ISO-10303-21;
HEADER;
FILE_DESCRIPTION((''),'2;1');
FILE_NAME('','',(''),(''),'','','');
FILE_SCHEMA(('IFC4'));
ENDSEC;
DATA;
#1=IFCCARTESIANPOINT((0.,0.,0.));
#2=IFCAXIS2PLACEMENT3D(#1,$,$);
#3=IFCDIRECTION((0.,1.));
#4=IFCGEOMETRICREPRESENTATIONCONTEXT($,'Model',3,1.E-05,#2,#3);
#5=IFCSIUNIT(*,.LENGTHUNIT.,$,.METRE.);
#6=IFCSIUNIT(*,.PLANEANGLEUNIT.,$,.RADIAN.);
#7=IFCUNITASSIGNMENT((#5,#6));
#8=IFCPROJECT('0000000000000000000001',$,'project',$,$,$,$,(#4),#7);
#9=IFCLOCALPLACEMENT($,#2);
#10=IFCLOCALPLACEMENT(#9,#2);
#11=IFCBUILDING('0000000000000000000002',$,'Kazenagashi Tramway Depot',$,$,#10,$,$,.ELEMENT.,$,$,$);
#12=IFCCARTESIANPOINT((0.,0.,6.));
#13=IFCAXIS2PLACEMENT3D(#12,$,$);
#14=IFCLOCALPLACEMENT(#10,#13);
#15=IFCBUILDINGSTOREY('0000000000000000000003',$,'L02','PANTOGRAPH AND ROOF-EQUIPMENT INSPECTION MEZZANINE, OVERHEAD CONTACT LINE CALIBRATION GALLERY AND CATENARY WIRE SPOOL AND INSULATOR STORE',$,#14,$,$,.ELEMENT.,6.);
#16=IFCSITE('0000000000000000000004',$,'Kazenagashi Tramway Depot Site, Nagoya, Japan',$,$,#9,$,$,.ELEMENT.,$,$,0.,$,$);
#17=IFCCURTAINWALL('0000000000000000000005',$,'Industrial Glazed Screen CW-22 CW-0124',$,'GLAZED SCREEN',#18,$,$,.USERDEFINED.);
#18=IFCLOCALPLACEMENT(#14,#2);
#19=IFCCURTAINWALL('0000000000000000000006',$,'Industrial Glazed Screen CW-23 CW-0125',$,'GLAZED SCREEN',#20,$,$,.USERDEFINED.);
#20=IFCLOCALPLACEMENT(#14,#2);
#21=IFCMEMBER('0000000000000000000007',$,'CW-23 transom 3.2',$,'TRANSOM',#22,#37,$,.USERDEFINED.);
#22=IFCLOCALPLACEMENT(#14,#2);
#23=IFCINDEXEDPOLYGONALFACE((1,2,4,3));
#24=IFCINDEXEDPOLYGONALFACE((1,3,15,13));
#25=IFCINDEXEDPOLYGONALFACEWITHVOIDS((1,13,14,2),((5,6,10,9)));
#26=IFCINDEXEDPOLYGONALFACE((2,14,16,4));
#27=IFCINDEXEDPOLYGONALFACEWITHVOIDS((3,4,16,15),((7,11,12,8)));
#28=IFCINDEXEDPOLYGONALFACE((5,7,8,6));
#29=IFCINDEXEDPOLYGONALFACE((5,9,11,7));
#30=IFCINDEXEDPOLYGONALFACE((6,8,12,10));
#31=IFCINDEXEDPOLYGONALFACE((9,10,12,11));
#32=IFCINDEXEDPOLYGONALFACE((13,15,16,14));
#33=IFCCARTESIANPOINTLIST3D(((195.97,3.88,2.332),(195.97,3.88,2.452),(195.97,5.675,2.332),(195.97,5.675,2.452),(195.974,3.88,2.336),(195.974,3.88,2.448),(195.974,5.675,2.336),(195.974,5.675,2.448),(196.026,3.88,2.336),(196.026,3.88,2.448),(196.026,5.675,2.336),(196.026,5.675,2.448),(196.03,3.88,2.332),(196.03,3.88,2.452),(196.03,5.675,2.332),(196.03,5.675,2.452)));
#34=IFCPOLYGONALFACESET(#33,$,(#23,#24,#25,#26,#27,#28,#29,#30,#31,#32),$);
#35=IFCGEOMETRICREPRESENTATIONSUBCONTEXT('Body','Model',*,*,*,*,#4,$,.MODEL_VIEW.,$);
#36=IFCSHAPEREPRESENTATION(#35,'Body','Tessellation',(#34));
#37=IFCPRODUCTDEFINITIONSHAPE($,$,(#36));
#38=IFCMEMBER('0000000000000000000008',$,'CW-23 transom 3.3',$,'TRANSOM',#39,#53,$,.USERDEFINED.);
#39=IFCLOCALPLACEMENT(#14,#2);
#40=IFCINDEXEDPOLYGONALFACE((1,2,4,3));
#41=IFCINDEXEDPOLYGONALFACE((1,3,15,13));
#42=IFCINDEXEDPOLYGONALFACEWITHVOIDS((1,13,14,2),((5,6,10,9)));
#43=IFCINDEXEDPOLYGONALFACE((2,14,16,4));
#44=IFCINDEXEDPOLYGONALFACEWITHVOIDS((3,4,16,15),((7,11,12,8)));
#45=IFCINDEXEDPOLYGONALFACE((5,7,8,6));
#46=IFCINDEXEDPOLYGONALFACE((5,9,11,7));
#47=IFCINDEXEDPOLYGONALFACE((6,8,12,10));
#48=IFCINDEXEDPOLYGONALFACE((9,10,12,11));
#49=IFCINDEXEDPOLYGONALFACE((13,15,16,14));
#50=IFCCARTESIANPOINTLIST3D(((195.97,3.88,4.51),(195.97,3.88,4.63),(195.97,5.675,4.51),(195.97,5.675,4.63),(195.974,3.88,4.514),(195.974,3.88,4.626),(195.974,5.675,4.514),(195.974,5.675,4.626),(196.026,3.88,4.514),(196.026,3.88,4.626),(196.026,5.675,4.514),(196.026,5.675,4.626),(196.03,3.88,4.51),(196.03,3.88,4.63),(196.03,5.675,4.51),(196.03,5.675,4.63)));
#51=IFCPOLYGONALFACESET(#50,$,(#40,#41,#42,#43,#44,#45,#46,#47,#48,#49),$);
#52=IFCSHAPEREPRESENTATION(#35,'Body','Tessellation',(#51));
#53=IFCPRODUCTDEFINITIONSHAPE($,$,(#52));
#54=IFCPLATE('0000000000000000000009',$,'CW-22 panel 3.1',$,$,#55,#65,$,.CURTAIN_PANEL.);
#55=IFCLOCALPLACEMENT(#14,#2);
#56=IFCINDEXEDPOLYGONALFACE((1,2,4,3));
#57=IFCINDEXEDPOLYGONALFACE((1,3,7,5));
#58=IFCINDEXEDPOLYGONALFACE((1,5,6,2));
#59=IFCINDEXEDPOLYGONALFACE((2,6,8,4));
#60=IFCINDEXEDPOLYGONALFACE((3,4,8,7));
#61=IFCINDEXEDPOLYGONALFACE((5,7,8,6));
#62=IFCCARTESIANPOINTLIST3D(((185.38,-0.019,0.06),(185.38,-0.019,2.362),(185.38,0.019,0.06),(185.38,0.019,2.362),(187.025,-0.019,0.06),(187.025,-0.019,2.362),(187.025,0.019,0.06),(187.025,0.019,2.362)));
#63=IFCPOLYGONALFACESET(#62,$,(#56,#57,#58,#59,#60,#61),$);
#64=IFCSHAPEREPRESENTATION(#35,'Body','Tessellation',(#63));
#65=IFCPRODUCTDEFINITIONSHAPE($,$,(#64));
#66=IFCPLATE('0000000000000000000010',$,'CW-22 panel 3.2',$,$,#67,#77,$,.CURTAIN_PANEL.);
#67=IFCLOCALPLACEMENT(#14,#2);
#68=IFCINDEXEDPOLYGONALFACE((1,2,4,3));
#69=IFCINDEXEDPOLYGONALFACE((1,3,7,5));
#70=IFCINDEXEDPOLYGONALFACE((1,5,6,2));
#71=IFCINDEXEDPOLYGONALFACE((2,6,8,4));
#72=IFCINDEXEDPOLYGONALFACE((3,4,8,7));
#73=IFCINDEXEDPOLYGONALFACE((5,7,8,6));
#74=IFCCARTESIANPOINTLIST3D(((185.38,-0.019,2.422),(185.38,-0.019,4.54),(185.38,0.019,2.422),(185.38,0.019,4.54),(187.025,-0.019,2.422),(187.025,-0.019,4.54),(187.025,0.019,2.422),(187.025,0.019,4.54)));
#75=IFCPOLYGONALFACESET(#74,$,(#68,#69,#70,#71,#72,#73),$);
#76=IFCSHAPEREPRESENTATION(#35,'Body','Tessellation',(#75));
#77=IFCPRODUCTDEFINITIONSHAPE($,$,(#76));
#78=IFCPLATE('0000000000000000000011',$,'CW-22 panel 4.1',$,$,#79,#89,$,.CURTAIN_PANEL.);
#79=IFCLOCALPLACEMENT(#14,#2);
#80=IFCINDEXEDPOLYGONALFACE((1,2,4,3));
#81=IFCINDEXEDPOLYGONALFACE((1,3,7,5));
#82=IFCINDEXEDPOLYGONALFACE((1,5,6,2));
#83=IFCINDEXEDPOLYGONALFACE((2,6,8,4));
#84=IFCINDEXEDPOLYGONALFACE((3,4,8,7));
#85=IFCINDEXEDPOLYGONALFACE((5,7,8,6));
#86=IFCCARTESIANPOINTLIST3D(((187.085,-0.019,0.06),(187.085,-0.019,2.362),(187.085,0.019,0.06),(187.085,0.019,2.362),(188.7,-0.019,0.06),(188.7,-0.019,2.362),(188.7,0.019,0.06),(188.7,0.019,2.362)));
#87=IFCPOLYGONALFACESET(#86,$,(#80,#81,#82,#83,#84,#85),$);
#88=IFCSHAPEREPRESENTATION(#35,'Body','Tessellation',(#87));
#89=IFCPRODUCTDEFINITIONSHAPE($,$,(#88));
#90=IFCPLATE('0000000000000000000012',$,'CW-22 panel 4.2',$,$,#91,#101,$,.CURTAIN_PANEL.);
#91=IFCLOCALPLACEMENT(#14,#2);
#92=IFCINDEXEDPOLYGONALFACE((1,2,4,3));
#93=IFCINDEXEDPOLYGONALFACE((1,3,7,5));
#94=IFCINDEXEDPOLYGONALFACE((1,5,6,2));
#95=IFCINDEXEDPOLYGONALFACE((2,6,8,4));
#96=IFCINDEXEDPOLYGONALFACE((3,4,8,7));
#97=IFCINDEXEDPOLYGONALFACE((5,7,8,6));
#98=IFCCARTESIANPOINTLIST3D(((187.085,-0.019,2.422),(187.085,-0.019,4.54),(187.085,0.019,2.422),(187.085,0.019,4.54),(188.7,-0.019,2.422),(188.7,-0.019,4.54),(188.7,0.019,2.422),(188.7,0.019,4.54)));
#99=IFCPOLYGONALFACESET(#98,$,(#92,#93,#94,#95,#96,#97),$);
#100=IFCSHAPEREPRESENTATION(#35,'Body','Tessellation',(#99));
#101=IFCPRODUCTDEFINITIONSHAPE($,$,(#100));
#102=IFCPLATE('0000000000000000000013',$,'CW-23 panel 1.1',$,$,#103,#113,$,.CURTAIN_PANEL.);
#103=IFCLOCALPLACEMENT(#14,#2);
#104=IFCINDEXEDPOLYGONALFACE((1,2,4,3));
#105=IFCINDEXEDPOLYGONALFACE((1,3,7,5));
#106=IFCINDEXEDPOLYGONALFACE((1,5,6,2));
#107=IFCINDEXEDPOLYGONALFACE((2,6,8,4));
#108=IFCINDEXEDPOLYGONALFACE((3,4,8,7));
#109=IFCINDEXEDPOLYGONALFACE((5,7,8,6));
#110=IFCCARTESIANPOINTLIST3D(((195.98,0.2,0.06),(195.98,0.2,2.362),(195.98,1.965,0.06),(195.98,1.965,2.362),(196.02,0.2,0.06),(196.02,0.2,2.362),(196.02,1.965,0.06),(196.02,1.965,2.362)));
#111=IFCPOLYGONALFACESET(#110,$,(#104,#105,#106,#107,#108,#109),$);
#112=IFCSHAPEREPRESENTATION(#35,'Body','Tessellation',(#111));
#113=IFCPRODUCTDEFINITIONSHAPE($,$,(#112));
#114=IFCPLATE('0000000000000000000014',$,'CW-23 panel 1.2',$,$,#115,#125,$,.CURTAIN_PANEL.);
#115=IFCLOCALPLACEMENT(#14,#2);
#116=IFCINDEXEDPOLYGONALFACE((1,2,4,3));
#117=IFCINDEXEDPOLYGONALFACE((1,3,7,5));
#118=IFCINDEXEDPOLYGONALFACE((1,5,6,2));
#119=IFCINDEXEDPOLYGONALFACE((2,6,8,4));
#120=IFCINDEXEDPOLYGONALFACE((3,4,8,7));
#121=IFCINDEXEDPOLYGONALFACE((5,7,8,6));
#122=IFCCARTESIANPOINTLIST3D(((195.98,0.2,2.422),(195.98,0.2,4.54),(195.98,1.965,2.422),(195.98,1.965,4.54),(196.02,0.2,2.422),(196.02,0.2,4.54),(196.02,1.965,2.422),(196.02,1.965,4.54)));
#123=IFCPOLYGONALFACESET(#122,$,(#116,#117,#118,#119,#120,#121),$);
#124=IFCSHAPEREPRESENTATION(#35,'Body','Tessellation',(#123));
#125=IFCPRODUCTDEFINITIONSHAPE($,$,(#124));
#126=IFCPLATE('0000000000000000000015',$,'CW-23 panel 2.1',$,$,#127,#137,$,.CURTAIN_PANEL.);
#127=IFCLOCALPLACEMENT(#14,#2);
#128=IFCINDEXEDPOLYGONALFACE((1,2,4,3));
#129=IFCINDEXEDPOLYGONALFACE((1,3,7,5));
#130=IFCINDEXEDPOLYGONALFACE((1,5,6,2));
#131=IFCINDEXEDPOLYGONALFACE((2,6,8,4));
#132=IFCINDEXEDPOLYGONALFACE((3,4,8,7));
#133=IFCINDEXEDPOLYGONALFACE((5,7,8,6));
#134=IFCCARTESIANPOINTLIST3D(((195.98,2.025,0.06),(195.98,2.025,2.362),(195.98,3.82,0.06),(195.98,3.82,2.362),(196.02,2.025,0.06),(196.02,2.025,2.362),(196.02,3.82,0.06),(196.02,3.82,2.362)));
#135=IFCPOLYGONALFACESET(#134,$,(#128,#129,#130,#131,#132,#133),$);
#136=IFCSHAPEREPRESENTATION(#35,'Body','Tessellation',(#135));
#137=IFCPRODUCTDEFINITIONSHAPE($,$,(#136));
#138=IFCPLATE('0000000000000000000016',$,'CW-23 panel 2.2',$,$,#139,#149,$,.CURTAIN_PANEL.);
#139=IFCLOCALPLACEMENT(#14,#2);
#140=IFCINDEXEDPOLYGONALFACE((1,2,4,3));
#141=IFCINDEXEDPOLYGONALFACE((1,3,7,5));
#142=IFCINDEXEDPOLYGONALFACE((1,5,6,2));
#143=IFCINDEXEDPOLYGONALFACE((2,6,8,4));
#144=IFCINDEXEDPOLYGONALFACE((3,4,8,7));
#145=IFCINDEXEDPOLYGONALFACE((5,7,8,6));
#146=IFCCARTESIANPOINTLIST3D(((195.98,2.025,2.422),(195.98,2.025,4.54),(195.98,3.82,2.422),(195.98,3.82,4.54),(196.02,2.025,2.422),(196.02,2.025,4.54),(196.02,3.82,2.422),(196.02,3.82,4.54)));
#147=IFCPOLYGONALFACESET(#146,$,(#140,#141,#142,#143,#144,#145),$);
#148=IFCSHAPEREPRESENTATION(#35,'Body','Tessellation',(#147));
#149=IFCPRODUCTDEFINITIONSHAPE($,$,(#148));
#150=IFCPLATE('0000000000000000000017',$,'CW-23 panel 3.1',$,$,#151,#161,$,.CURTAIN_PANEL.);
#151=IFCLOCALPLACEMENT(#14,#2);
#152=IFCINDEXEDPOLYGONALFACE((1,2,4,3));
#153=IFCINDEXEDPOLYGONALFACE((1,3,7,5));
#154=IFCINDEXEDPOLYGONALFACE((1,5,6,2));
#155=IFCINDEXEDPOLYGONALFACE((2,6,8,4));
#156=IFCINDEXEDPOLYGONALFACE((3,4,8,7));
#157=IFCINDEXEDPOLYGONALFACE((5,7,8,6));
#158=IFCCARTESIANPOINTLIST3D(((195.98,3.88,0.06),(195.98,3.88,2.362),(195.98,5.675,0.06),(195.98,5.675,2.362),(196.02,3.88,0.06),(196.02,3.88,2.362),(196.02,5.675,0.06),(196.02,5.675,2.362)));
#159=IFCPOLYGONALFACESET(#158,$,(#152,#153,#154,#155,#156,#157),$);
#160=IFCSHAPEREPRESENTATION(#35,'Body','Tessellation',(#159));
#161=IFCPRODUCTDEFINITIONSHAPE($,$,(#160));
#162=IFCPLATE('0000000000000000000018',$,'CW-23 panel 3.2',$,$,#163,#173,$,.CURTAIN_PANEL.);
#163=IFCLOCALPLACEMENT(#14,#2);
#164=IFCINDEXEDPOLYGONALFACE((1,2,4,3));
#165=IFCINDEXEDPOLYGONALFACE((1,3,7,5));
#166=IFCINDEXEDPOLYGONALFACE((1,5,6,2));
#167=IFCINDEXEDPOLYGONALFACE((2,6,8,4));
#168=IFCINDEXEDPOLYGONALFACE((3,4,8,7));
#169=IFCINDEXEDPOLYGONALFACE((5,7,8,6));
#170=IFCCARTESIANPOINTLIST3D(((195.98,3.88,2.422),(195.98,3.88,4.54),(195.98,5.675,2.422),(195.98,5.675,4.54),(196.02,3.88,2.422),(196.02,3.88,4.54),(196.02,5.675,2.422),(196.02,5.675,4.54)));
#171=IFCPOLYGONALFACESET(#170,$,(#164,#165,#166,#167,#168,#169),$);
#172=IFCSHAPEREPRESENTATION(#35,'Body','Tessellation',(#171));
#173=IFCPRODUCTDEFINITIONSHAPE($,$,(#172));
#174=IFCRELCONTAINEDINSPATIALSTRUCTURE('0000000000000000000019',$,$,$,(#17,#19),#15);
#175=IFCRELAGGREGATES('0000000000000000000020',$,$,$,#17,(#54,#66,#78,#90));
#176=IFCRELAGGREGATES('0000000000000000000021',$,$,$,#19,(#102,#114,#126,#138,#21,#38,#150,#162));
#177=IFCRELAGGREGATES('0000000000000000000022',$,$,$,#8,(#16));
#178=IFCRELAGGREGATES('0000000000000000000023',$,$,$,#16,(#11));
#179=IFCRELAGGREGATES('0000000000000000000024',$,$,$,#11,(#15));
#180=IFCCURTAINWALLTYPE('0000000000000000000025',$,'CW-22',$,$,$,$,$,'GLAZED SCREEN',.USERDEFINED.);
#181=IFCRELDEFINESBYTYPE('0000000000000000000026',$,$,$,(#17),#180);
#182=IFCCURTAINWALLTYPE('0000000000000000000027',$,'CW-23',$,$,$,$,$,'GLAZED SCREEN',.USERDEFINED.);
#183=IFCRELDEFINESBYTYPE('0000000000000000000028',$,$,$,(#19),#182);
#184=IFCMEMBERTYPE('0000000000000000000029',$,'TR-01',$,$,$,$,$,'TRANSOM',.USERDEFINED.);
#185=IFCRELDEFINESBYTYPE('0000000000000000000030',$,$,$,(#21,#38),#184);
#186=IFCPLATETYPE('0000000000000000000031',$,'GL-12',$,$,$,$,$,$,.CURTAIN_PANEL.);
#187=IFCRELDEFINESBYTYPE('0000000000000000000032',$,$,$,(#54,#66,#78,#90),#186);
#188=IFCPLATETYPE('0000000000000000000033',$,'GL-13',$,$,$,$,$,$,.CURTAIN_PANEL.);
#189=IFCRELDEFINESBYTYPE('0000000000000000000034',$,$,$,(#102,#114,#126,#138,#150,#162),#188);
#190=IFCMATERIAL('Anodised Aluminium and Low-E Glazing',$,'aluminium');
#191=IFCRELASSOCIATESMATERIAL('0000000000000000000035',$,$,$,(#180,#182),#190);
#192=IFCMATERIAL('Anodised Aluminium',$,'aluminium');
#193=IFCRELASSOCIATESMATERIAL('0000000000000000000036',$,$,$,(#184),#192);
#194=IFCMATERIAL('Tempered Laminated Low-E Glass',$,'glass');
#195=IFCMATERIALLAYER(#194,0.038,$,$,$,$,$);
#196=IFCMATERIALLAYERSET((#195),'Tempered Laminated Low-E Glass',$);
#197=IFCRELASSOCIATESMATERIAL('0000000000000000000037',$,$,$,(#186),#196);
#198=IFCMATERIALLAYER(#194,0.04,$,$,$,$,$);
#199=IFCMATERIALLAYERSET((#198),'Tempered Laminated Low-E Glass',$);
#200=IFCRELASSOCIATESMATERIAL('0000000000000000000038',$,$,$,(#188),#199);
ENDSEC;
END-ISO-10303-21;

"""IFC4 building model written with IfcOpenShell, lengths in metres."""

from ifc_helpers import new_model, si_unit, direction, frame, origin, origin_2d, place, context, subcontext, project, spatial, rectangle, hollow_rectangle, extrude, material, layer, layer_set, material_profile, profile_set, type_object, element, aggregate, save


model = new_model("IFC4")

# Units and contexts
model_context = context("Model", 3, precision=1e-05, world=origin(), true_north=direction((0.0, 1.0)))
body_context = subcontext(model_context, "Body", "Model", "MODEL_VIEW")
ifc_project = project(units=[si_unit("LENGTHUNIT", "METRE"), si_unit("PLANEANGLEUNIT", "RADIAN")], contexts=[model_context])

# Site, building, storey
site_placement = place(None, origin())
site = spatial("IfcSite", under=ifc_project, at=site_placement, Name="Kazenagashi Tramway Depot Site, Nagoya, Japan", CompositionType="ELEMENT", RefElevation=0.0)
building_placement = place(site_placement, origin())
building = spatial("IfcBuilding", under=site, at=building_placement, Name="Kazenagashi Tramway Depot", CompositionType="ELEMENT")
storey_placement = place(building_placement, frame((0.0, 0.0, 6.0)))
storey = spatial("IfcBuildingStorey", under=building, at=storey_placement, Name="L02", Description="PANTOGRAPH AND ROOF-EQUIPMENT INSPECTION MEZZANINE, OVERHEAD CONTACT LINE CALIBRATION GALLERY AND CATENARY WIRE SPOOL AND INSULATOR STORE", CompositionType="ELEMENT", Elevation=6.0)

# Curtain walls
ifc_material_1 = material(Name="Anodised Aluminium and Low-E Glazing", Category="aluminium")
curtain_wall_type_1 = type_object("IfcCurtainWallType", Name="CW-22", ElementType="GLAZED SCREEN", PredefinedType="USERDEFINED", material=ifc_material_1)
curtain_wall_1_placement = place(storey_placement, origin())
curtain_wall_1 = element("IfcCurtainWall", 1, at=curtain_wall_1_placement, inside=storey, type_object=curtain_wall_type_1, Name="Industrial Glazed Screen CW-22 CW-0124", ObjectType="GLAZED SCREEN", PredefinedType="USERDEFINED")
ifc_material_2 = material(Name="Anodised Aluminium", Category="aluminium")
curtain_wall_type_2 = type_object("IfcCurtainWallType", Name="CW-23", ElementType="GLAZED SCREEN", PredefinedType="USERDEFINED", material=ifc_material_1)
curtain_wall_2_placement = place(storey_placement, origin())
curtain_wall_2 = element("IfcCurtainWall", 2, at=curtain_wall_2_placement, inside=storey, type_object=curtain_wall_type_2, Name="Industrial Glazed Screen CW-23 CW-0125", ObjectType="GLAZED SCREEN", PredefinedType="USERDEFINED")

# Members
ifc_material_profile_1 = material_profile(ifc_material_2, hollow_rectangle(XDim=0.06, YDim=0.12, WallThickness=0.004, at=origin_2d()), Name="RHS-120x60x4")
ifc_profile_set_1 = profile_set([ifc_material_profile_1], Name="Anodised Aluminium")
member_type_1 = type_object("IfcMemberType", Name="TR-01", ElementType="TRANSOM", PredefinedType="USERDEFINED", material=ifc_profile_set_1)
member_1_placement = place(storey_placement, frame((196.0, 3.88, 2.392), z_axis=(0.0, 1.0, 0.0), x_axis=(-1.0, 0.0, 0.0)))
member_1 = element("IfcMember", 3, at=member_1_placement, type_object=member_type_1, Name="CW-23 transom 3.2", ObjectType="TRANSOM", PredefinedType="USERDEFINED", context=body_context, shape_type="SweptSolid", body=[
    extrude(hollow_rectangle(XDim=0.06, YDim=0.12, WallThickness=0.004, at=origin_2d()), origin(), (0.0, 0.0, 1.0), 1.795),
])
member_2_placement = place(storey_placement, frame((196.0, 3.88, 4.57), z_axis=(0.0, 1.0, 0.0), x_axis=(-1.0, 0.0, 0.0)))
member_2 = element("IfcMember", 4, at=member_2_placement, type_object=member_type_1, Name="CW-23 transom 3.3", ObjectType="TRANSOM", PredefinedType="USERDEFINED", context=body_context, shape_type="SweptSolid", body=[
    extrude(hollow_rectangle(XDim=0.06, YDim=0.12, WallThickness=0.004, at=origin_2d()), origin(), (0.0, 0.0, 1.0), 1.795),
])

# Plates
ifc_material_3 = material(Name="Tempered Laminated Low-E Glass", Category="glass")
ifc_layer_1 = layer(ifc_material_3, 0.038)
ifc_layer_set_1 = layer_set([ifc_layer_1], Name="Tempered Laminated Low-E Glass")
plate_type_1 = type_object("IfcPlateType", Name="GL-12", PredefinedType="CURTAIN_PANEL", material=ifc_layer_set_1)
plate_1_placement = place(storey_placement, frame((186.2025, 0.0, 0.06), z_axis=(0.0, 0.0, 1.0), x_axis=(1.0, 0.0, 0.0)))
plate_1 = element("IfcPlate", 5, at=plate_1_placement, type_object=plate_type_1, Name="CW-22 panel 3.1", PredefinedType="CURTAIN_PANEL", context=body_context, shape_type="SweptSolid", body=[
    extrude(rectangle(XDim=1.645, YDim=0.038, at=origin_2d()), origin(), (0.0, 0.0, 1.0), 2.302),
])
plate_2_placement = place(storey_placement, frame((186.2025, 0.0, 2.422), z_axis=(0.0, 0.0, 1.0), x_axis=(1.0, 0.0, 0.0)))
plate_2 = element("IfcPlate", 6, at=plate_2_placement, type_object=plate_type_1, Name="CW-22 panel 3.2", PredefinedType="CURTAIN_PANEL", context=body_context, shape_type="SweptSolid", body=[
    extrude(rectangle(XDim=1.645, YDim=0.038, at=origin_2d()), origin(), (0.0, 0.0, 1.0), 2.118),
])
plate_3_placement = place(storey_placement, frame((187.8925, 0.0, 0.06), z_axis=(0.0, 0.0, 1.0), x_axis=(1.0, 0.0, 0.0)))
plate_3 = element("IfcPlate", 7, at=plate_3_placement, type_object=plate_type_1, Name="CW-22 panel 4.1", PredefinedType="CURTAIN_PANEL", context=body_context, shape_type="SweptSolid", body=[
    extrude(rectangle(XDim=1.615, YDim=0.038, at=origin_2d()), origin(), (0.0, 0.0, 1.0), 2.302),
])
plate_4_placement = place(storey_placement, frame((187.8925, 0.0, 2.422), z_axis=(0.0, 0.0, 1.0), x_axis=(1.0, 0.0, 0.0)))
plate_4 = element("IfcPlate", 8, at=plate_4_placement, type_object=plate_type_1, Name="CW-22 panel 4.2", PredefinedType="CURTAIN_PANEL", context=body_context, shape_type="SweptSolid", body=[
    extrude(rectangle(XDim=1.615, YDim=0.038, at=origin_2d()), origin(), (0.0, 0.0, 1.0), 2.118),
])
aggregate(curtain_wall_1, [plate_1, plate_2, plate_3, plate_4])
ifc_layer_2 = layer(ifc_material_3, 0.04)
ifc_layer_set_2 = layer_set([ifc_layer_2], Name="Tempered Laminated Low-E Glass")
plate_type_2 = type_object("IfcPlateType", Name="GL-13", PredefinedType="CURTAIN_PANEL", material=ifc_layer_set_2)
plate_5_placement = place(storey_placement, frame((196.0, 1.0825, 0.06), z_axis=(0.0, 0.0, 1.0), x_axis=(0.0, 1.0, 0.0)))
plate_5 = element("IfcPlate", 9, at=plate_5_placement, type_object=plate_type_2, Name="CW-23 panel 1.1", PredefinedType="CURTAIN_PANEL", context=body_context, shape_type="SweptSolid", body=[
    extrude(rectangle(XDim=1.765, YDim=0.04, at=origin_2d()), origin(), (0.0, 0.0, 1.0), 2.302),
])
plate_6_placement = place(storey_placement, frame((196.0, 1.0825, 2.422), z_axis=(0.0, 0.0, 1.0), x_axis=(0.0, 1.0, 0.0)))
plate_6 = element("IfcPlate", 10, at=plate_6_placement, type_object=plate_type_2, Name="CW-23 panel 1.2", PredefinedType="CURTAIN_PANEL", context=body_context, shape_type="SweptSolid", body=[
    extrude(rectangle(XDim=1.765, YDim=0.04, at=origin_2d()), origin(), (0.0, 0.0, 1.0), 2.118),
])
plate_7_placement = place(storey_placement, frame((196.0, 2.9225, 0.06), z_axis=(0.0, 0.0, 1.0), x_axis=(0.0, 1.0, 0.0)))
plate_7 = element("IfcPlate", 11, at=plate_7_placement, type_object=plate_type_2, Name="CW-23 panel 2.1", PredefinedType="CURTAIN_PANEL", context=body_context, shape_type="SweptSolid", body=[
    extrude(rectangle(XDim=1.795, YDim=0.04, at=origin_2d()), origin(), (0.0, 0.0, 1.0), 2.302),
])
plate_8_placement = place(storey_placement, frame((196.0, 2.9225, 2.422), z_axis=(0.0, 0.0, 1.0), x_axis=(0.0, 1.0, 0.0)))
plate_8 = element("IfcPlate", 12, at=plate_8_placement, type_object=plate_type_2, Name="CW-23 panel 2.2", PredefinedType="CURTAIN_PANEL", context=body_context, shape_type="SweptSolid", body=[
    extrude(rectangle(XDim=1.795, YDim=0.04, at=origin_2d()), origin(), (0.0, 0.0, 1.0), 2.118),
])
plate_9_placement = place(storey_placement, frame((196.0, 4.7775, 0.06), z_axis=(0.0, 0.0, 1.0), x_axis=(0.0, 1.0, 0.0)))
plate_9 = element("IfcPlate", 13, at=plate_9_placement, type_object=plate_type_2, Name="CW-23 panel 3.1", PredefinedType="CURTAIN_PANEL", context=body_context, shape_type="SweptSolid", body=[
    extrude(rectangle(XDim=1.795, YDim=0.04, at=origin_2d()), origin(), (0.0, 0.0, 1.0), 2.302),
])
plate_10_placement = place(storey_placement, frame((196.0, 4.7775, 2.422), z_axis=(0.0, 0.0, 1.0), x_axis=(0.0, 1.0, 0.0)))
plate_10 = element("IfcPlate", 14, at=plate_10_placement, type_object=plate_type_2, Name="CW-23 panel 3.2", PredefinedType="CURTAIN_PANEL", context=body_context, shape_type="SweptSolid", body=[
    extrude(rectangle(XDim=1.795, YDim=0.04, at=origin_2d()), origin(), (0.0, 0.0, 1.0), 2.118),
])
aggregate(curtain_wall_2, [plate_5, plate_6, plate_7, plate_8, member_1, member_2, plate_9, plate_10])

save(model, "model.ifc")
